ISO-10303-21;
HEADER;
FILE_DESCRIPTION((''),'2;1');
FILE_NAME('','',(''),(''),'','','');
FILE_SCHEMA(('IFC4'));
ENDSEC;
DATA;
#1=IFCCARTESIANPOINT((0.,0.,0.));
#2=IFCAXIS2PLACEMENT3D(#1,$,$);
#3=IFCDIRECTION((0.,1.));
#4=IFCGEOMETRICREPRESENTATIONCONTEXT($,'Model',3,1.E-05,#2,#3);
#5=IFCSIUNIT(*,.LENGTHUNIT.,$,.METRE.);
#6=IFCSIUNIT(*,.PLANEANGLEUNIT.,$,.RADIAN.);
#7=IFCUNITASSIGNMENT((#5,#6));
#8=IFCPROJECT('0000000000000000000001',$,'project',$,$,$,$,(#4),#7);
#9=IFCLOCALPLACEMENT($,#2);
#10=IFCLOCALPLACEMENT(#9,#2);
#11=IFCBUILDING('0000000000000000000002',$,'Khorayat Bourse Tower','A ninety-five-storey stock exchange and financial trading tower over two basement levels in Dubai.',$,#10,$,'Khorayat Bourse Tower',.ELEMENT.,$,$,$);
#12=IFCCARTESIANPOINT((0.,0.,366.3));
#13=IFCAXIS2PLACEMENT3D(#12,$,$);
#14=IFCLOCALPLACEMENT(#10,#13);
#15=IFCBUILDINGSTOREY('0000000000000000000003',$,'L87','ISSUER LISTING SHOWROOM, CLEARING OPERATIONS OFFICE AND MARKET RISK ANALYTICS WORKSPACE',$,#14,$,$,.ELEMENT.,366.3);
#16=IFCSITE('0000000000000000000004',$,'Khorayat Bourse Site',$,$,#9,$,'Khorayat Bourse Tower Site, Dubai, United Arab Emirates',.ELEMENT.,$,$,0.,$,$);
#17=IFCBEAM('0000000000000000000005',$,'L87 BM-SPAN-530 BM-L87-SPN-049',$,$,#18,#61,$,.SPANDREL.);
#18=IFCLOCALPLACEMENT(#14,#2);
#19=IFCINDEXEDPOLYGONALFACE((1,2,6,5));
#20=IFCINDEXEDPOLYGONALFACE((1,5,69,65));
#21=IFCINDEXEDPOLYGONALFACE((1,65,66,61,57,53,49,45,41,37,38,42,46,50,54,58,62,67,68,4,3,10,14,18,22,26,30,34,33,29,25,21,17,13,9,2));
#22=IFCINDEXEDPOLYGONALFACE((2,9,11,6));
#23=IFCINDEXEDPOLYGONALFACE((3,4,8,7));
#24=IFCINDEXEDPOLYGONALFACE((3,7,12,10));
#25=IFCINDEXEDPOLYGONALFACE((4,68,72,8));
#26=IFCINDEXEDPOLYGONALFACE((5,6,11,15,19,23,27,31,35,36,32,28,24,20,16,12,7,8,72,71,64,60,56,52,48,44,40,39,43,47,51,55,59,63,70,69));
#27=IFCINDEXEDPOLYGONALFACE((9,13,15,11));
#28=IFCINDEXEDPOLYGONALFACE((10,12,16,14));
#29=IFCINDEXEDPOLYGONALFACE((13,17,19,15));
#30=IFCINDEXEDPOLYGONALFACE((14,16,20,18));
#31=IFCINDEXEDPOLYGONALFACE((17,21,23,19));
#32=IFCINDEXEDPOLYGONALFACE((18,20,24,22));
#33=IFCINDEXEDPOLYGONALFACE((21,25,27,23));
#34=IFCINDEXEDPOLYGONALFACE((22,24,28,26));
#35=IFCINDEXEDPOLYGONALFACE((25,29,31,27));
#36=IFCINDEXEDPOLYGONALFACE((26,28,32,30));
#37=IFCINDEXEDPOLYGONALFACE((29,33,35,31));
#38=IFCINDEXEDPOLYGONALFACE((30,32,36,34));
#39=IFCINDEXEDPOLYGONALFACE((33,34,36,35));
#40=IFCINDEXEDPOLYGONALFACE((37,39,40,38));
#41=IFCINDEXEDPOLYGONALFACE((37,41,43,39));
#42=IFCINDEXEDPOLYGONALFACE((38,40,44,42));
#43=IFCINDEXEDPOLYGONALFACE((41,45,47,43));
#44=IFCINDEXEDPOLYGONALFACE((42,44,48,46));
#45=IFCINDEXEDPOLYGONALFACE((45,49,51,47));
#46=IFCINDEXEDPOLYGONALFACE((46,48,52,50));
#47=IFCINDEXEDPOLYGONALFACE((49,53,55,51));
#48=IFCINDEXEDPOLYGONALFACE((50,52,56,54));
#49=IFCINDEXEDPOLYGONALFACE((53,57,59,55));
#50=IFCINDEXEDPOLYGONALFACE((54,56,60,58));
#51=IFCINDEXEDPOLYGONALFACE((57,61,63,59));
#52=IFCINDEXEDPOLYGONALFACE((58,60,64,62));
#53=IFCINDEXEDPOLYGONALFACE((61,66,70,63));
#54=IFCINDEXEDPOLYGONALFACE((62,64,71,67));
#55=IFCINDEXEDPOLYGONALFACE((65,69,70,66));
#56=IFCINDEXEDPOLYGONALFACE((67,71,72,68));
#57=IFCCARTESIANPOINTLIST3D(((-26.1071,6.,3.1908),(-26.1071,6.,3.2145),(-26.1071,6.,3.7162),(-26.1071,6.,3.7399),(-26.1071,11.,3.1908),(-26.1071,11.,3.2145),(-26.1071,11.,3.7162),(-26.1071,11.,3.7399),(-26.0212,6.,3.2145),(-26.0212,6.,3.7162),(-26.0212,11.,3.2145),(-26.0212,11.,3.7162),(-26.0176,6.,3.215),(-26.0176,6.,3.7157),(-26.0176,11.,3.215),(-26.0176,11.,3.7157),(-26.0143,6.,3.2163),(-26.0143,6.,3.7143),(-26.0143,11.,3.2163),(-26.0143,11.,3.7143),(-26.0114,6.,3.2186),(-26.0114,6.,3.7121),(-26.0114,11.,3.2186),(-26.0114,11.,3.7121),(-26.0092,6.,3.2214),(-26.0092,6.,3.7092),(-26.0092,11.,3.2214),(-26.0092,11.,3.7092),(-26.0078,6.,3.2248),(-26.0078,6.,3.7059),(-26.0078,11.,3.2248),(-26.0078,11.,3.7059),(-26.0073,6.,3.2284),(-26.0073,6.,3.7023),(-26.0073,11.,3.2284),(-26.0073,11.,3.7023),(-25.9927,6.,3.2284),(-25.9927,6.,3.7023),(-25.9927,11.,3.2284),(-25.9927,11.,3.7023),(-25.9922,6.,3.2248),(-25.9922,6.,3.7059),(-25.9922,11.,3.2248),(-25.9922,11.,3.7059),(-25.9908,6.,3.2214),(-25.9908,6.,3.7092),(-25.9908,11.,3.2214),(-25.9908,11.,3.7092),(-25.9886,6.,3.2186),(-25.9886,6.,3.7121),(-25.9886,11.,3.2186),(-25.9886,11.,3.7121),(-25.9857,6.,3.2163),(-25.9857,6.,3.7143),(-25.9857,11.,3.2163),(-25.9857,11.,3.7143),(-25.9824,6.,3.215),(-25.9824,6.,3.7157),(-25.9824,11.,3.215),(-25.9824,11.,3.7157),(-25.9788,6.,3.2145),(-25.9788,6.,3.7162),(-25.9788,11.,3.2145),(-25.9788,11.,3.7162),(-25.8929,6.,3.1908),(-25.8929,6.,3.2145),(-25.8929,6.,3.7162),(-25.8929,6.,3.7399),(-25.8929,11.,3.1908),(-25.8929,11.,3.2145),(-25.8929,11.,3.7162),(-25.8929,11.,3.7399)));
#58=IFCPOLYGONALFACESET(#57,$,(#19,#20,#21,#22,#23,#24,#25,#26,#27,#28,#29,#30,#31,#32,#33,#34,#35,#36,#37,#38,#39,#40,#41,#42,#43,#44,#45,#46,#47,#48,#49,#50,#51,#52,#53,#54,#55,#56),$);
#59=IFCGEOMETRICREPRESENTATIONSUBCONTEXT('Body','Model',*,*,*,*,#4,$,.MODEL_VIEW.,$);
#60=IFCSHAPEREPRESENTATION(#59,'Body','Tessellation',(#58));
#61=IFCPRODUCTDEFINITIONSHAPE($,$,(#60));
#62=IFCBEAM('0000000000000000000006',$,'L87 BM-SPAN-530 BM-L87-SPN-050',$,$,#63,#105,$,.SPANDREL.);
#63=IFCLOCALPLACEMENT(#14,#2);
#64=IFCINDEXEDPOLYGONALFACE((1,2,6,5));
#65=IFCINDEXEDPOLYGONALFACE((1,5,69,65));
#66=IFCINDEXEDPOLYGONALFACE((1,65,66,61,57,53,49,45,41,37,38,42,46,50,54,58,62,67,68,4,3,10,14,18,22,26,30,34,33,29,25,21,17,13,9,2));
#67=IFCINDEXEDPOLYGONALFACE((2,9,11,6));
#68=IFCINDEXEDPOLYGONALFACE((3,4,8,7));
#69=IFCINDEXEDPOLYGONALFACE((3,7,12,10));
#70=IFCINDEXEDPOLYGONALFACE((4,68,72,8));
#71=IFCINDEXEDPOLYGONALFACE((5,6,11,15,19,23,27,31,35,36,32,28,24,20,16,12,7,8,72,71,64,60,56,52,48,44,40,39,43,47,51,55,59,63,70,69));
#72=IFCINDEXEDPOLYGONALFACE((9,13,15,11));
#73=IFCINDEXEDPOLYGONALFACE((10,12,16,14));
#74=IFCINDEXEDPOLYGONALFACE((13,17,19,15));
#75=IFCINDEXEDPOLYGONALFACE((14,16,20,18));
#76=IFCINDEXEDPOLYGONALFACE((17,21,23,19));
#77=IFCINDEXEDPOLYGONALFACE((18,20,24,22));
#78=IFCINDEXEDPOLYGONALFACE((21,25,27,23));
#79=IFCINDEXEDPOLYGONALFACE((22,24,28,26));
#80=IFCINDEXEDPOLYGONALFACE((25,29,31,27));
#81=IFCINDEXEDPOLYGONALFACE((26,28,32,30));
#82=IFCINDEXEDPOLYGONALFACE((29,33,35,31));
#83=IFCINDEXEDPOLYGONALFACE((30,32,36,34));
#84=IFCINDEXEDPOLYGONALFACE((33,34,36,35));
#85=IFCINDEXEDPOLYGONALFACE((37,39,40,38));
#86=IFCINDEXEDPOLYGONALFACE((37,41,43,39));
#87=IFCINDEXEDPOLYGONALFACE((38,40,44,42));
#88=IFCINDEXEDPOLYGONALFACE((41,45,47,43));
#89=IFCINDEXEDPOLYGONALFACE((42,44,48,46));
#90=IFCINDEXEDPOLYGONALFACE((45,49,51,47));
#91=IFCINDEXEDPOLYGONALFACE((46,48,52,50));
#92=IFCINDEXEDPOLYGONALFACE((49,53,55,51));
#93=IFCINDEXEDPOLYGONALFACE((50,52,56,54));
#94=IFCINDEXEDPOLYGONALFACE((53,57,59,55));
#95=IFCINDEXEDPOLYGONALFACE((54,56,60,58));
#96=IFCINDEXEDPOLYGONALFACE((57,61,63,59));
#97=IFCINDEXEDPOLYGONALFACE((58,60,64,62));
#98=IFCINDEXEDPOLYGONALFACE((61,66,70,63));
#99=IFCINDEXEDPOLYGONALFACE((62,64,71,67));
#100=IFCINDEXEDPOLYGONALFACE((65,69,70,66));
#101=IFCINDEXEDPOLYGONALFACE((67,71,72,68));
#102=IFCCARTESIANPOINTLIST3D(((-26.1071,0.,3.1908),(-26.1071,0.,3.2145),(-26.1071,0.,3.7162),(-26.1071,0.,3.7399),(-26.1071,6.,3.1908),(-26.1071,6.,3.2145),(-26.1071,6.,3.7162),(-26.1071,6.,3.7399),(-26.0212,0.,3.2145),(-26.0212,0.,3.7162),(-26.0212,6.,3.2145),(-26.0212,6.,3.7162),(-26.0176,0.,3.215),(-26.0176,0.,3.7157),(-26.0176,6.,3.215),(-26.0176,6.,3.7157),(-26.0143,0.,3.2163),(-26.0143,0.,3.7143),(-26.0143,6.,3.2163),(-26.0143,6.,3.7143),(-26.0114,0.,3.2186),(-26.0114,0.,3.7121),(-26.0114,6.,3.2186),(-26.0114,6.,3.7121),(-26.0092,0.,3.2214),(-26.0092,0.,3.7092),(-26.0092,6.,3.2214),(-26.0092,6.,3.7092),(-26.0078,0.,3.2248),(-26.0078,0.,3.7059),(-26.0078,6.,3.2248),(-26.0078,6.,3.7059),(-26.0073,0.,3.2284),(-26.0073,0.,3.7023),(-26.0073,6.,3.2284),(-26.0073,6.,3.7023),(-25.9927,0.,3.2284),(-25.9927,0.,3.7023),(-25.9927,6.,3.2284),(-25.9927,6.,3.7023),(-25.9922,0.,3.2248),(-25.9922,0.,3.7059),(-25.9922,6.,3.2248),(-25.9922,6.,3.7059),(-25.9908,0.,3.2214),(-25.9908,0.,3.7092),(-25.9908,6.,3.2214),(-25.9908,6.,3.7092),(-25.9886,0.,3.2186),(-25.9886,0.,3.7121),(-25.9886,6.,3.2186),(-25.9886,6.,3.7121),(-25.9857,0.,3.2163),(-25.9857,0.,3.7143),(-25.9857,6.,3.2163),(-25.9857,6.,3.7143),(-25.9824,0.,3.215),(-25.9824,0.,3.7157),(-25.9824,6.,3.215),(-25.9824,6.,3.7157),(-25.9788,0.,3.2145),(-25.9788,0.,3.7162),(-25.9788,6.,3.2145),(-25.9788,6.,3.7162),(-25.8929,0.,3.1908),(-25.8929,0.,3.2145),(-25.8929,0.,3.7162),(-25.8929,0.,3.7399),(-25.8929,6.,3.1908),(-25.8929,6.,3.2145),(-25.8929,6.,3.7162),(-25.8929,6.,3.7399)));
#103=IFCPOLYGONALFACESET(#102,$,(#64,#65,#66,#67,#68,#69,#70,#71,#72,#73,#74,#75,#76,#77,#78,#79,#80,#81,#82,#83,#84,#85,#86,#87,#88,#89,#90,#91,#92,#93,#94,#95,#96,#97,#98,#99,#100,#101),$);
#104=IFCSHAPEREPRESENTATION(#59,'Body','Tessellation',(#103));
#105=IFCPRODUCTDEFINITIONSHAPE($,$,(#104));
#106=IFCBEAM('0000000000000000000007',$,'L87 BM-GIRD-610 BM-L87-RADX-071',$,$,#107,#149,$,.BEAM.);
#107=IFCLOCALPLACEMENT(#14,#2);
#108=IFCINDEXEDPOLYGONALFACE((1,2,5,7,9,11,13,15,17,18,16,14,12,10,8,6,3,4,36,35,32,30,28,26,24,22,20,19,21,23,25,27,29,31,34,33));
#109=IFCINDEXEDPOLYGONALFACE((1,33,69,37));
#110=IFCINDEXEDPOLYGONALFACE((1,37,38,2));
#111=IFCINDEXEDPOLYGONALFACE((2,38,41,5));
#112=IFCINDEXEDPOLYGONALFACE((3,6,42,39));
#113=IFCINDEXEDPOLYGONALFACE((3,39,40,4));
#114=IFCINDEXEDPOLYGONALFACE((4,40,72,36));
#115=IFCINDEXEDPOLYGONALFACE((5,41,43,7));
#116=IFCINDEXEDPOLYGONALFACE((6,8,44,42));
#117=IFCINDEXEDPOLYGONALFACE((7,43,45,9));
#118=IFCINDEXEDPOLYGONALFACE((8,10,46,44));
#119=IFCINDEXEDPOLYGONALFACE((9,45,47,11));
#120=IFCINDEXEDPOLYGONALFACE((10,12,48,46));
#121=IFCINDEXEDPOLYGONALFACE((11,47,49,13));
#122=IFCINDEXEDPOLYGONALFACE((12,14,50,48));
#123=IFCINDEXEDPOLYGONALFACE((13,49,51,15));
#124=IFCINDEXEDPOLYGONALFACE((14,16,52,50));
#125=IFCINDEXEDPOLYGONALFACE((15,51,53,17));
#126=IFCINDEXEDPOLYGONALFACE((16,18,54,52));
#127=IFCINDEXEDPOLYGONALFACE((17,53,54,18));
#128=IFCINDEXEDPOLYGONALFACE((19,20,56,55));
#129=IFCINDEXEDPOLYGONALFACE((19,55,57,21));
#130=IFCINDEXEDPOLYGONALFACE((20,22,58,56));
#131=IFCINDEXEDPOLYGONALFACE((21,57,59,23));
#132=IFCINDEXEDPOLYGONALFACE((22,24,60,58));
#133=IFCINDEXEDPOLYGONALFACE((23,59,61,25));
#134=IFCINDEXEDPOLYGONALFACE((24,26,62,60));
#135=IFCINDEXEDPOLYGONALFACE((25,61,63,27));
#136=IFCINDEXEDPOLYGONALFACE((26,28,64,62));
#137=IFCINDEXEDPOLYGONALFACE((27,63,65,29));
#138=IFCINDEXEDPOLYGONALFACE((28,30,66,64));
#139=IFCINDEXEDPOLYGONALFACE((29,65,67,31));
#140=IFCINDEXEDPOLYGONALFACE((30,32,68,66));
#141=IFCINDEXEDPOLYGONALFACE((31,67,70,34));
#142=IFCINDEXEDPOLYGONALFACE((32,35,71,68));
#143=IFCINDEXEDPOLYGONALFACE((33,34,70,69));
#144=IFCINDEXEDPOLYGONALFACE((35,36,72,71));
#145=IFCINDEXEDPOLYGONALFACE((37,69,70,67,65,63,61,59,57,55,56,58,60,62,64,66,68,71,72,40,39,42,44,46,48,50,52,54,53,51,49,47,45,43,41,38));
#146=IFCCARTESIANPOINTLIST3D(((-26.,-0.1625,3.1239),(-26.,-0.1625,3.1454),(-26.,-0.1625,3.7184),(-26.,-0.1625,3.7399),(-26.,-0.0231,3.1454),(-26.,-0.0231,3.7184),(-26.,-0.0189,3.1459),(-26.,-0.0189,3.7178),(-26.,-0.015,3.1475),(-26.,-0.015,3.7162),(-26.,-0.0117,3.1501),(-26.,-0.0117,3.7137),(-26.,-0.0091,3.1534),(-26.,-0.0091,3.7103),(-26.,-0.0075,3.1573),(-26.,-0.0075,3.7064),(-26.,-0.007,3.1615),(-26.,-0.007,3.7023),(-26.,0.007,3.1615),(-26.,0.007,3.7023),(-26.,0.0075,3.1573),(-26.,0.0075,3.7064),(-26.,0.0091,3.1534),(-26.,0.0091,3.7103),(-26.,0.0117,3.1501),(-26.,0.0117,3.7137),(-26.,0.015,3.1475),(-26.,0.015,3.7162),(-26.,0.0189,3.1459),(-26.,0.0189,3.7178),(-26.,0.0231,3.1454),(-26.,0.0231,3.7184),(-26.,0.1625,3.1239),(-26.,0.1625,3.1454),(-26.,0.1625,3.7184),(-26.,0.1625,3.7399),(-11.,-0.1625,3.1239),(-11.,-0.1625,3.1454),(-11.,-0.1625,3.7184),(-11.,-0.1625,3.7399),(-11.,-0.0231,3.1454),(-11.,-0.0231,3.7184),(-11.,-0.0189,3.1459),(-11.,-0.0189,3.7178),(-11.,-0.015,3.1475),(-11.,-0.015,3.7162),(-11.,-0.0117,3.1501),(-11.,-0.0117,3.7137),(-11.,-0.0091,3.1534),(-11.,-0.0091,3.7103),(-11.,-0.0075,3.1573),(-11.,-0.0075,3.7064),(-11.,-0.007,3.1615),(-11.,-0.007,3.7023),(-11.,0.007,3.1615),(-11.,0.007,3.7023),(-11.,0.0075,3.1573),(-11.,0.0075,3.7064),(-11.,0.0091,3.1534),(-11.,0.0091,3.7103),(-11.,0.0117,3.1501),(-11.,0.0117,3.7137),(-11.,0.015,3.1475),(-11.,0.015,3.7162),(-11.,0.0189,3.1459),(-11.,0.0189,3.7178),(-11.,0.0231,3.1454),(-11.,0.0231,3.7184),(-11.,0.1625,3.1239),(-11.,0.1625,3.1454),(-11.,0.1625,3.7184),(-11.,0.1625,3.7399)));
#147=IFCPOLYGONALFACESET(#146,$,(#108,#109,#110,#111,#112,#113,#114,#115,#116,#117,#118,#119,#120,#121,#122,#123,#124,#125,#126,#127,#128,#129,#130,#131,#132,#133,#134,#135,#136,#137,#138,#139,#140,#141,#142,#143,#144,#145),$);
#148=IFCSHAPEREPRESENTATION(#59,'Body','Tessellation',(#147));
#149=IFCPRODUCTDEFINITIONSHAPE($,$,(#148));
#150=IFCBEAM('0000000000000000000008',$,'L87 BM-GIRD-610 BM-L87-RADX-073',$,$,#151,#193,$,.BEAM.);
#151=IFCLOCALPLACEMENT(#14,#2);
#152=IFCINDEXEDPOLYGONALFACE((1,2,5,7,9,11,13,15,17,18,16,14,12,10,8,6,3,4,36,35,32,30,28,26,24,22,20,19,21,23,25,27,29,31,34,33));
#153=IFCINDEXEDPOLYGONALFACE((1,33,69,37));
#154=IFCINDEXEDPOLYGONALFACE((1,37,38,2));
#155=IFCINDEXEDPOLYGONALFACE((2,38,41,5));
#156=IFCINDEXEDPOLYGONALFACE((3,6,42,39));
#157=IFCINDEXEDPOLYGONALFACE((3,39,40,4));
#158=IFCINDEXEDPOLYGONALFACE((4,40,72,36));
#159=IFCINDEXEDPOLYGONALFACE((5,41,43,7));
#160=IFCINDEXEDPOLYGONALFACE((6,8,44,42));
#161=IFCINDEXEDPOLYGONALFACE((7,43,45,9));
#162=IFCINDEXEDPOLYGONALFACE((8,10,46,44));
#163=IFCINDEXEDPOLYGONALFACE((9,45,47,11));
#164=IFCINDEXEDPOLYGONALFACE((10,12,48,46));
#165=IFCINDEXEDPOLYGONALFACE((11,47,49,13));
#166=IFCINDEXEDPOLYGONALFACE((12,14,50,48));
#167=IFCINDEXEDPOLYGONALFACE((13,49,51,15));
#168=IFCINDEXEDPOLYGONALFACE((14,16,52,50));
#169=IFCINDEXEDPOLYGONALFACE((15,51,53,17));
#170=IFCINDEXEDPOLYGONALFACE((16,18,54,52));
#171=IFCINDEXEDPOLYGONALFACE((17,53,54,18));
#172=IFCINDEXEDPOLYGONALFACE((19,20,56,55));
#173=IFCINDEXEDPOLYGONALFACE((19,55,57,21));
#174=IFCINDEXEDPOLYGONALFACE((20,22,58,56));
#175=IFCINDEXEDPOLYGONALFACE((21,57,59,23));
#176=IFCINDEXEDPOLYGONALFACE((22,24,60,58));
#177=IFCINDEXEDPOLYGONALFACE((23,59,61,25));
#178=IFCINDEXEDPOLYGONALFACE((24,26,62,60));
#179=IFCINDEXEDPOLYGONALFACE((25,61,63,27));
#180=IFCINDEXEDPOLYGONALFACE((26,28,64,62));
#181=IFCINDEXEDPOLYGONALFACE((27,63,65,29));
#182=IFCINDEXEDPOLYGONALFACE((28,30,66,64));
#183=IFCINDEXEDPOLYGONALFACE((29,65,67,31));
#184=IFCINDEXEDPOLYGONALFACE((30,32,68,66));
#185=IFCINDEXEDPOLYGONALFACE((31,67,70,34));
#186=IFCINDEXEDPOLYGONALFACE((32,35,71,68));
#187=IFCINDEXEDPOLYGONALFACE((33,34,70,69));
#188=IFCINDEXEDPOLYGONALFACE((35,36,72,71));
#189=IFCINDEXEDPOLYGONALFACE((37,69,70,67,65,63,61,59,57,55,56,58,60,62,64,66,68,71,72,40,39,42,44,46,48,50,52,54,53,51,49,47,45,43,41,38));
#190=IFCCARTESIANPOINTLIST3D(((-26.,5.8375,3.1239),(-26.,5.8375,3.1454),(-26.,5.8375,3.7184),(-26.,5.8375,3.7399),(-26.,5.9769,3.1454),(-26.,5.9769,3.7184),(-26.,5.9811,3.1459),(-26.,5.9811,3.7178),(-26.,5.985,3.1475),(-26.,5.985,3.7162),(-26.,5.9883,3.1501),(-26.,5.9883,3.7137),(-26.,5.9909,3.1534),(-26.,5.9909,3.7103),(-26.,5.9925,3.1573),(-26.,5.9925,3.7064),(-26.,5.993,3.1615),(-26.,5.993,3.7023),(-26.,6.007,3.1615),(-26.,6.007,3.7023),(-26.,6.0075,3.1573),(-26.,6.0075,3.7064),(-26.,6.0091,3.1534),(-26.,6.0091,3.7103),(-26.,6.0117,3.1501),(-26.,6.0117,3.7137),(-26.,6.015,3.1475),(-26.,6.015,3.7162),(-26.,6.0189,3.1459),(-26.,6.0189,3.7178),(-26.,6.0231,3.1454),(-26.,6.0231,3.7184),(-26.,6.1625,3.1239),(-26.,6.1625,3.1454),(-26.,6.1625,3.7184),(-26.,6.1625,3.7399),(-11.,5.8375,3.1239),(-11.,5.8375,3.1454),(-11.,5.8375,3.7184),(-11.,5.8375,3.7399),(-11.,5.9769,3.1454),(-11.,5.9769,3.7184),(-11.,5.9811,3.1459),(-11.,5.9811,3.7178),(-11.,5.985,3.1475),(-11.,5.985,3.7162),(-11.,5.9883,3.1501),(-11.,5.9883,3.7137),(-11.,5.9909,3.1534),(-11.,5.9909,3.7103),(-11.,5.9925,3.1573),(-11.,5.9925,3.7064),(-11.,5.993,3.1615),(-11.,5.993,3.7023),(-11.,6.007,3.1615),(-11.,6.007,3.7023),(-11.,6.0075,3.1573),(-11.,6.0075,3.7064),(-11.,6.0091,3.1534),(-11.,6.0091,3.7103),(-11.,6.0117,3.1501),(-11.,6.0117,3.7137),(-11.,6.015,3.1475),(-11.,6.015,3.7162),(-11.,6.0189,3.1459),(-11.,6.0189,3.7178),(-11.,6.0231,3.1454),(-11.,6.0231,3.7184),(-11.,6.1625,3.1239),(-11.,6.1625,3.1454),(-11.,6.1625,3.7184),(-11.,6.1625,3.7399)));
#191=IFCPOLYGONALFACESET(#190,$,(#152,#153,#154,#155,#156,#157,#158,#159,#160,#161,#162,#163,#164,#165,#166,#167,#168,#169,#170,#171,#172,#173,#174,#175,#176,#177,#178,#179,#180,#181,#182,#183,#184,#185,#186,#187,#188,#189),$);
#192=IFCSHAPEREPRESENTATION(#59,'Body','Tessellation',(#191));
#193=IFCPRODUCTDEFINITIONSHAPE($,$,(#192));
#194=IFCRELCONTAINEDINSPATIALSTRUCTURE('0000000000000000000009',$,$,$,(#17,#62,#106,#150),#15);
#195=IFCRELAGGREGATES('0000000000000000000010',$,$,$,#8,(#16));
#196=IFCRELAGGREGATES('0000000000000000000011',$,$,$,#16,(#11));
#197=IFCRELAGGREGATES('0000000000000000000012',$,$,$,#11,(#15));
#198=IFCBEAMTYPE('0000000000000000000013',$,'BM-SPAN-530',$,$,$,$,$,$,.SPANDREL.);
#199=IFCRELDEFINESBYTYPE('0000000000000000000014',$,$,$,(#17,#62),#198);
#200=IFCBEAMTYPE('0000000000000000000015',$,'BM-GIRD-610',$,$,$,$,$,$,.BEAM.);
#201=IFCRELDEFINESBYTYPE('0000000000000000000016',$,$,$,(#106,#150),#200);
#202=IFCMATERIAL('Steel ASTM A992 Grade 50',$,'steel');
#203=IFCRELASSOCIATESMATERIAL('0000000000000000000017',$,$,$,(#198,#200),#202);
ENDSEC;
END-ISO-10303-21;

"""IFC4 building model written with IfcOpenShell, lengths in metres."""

from ifc_helpers import new_model, si_unit, direction, frame, origin, origin_2d, place, context, subcontext, project, spatial, i_section, extrude, source, transform, mapped, material, material_profile, profile_set, type_object, element, save


model = new_model("IFC4")

# Units and contexts
model_context = context("Model", 3, precision=1e-05, world=origin(), true_north=direction((0.0, 1.0)))
body_context = subcontext(model_context, "Body", "Model", "MODEL_VIEW")
ifc_project = project(units=[si_unit("LENGTHUNIT", "METRE"), si_unit("PLANEANGLEUNIT", "RADIAN")], contexts=[model_context])

# Site, building, storey
site_placement = place(None, origin())
site = spatial("IfcSite", under=ifc_project, at=site_placement, Name="Khorayat Bourse Site", LongName="Khorayat Bourse Tower Site, Dubai, United Arab Emirates", CompositionType="ELEMENT", RefElevation=0.0)
building_placement = place(site_placement, origin())
building = spatial("IfcBuilding", under=site, at=building_placement, Name="Khorayat Bourse Tower", Description="A ninety-five-storey stock exchange and financial trading tower over two basement levels in Dubai.", LongName="Khorayat Bourse Tower", CompositionType="ELEMENT")
storey_placement = place(building_placement, frame((0.0, 0.0, 366.3)))
storey = spatial("IfcBuildingStorey", under=building, at=storey_placement, Name="L87", Description="ISSUER LISTING SHOWROOM, CLEARING OPERATIONS OFFICE AND MARKET RISK ANALYTICS WORKSPACE", CompositionType="ELEMENT", Elevation=366.3)

# Beams
ifc_material_1 = material(Name="Steel ASTM A992 Grade 50", Category="steel")
ifc_material_profile_1 = material_profile(ifc_material_1, i_section(OverallWidth=0.2141, OverallDepth=0.5491, WebThickness=0.0146, FlangeThickness=0.0237, FilletRadius=0.0139, at=origin_2d()), Name="W530X138")
ifc_profile_set_1 = profile_set([ifc_material_profile_1], Name="Steel ASTM A992 Grade 50")
beam_type_1 = type_object("IfcBeamType", Name="BM-SPAN-530", PredefinedType="SPANDREL", material=ifc_profile_set_1)
shared_shape_1 = source(origin(), body_context, "Body", "SweptSolid", [
    extrude(i_section(OverallWidth=0.2141, OverallDepth=0.5491, WebThickness=0.0146, FlangeThickness=0.0237, FilletRadius=0.0139, at=origin_2d()), origin(), (0.0, 0.0, 1.0), 5.0),
])
beam_1_placement = place(storey_placement, frame((-26.0, 6.0, 3.4653), z_axis=(0.0, 1.0, 0.0), x_axis=(-1.0, 0.0, 0.0)))
element("IfcBeam", 1, at=beam_1_placement, inside=storey, type_object=beam_type_1, Name="L87 BM-SPAN-530 BM-L87-SPN-049", PredefinedType="SPANDREL", context=body_context, shape_type="MappedRepresentation", body=[
    mapped(shared_shape_1, transform((0.0, 0.0, 0.0), scale=1.0)),
])
shared_shape_2 = source(origin(), body_context, "Body", "SweptSolid", [
    extrude(i_section(OverallWidth=0.2141, OverallDepth=0.5491, WebThickness=0.0146, FlangeThickness=0.0237, FilletRadius=0.0139, at=origin_2d()), origin(), (0.0, 0.0, 1.0), 6.0),
])
beam_2_placement = place(storey_placement, frame((-26.0, 0.0, 3.4653), z_axis=(0.0, 1.0, 0.0), x_axis=(-1.0, 0.0, 0.0)))
element("IfcBeam", 2, at=beam_2_placement, inside=storey, type_object=beam_type_1, Name="L87 BM-SPAN-530 BM-L87-SPN-050", PredefinedType="SPANDREL", context=body_context, shape_type="MappedRepresentation", body=[
    mapped(shared_shape_2, transform((0.0, 0.0, 0.0), scale=1.0)),
])
ifc_material_profile_2 = material_profile(ifc_material_1, i_section(OverallWidth=0.325, OverallDepth=0.616, WebThickness=0.0139, FlangeThickness=0.0215, FilletRadius=0.0161, at=origin_2d()), Name="W610X174")
ifc_profile_set_2 = profile_set([ifc_material_profile_2], Name="Steel ASTM A992 Grade 50")
beam_type_2 = type_object("IfcBeamType", Name="BM-GIRD-610", PredefinedType="BEAM", material=ifc_profile_set_2)
shared_shape_3 = source(origin(), body_context, "Body", "SweptSolid", [
    extrude(i_section(OverallWidth=0.325, OverallDepth=0.616, WebThickness=0.0139, FlangeThickness=0.0215, FilletRadius=0.0161, at=origin_2d()), origin(), (0.0, 0.0, 1.0), 15.0),
])
for number, where, z_axis, x_axis, name in (
    (3, (-26.0, 0.0, 3.4319), (1.0, 0.0, 0.0), (0.0, 1.0, 0.0), "L87 BM-GIRD-610 BM-L87-RADX-071"),
    (4, (-26.0, 6.0, 3.4319), (1.0, 0.0, 0.0), (0.0, 1.0, 0.0), "L87 BM-GIRD-610 BM-L87-RADX-073"),
):
    element("IfcBeam", number, at=place(storey_placement, frame(where, z_axis=z_axis, x_axis=x_axis)), inside=storey, type_object=beam_type_2, Name=name, PredefinedType="BEAM", context=body_context, shape_type="MappedRepresentation", body=[
        mapped(shared_shape_3, transform((0.0, 0.0, 0.0), scale=1.0)),
    ])

save(model, "model.ifc")
